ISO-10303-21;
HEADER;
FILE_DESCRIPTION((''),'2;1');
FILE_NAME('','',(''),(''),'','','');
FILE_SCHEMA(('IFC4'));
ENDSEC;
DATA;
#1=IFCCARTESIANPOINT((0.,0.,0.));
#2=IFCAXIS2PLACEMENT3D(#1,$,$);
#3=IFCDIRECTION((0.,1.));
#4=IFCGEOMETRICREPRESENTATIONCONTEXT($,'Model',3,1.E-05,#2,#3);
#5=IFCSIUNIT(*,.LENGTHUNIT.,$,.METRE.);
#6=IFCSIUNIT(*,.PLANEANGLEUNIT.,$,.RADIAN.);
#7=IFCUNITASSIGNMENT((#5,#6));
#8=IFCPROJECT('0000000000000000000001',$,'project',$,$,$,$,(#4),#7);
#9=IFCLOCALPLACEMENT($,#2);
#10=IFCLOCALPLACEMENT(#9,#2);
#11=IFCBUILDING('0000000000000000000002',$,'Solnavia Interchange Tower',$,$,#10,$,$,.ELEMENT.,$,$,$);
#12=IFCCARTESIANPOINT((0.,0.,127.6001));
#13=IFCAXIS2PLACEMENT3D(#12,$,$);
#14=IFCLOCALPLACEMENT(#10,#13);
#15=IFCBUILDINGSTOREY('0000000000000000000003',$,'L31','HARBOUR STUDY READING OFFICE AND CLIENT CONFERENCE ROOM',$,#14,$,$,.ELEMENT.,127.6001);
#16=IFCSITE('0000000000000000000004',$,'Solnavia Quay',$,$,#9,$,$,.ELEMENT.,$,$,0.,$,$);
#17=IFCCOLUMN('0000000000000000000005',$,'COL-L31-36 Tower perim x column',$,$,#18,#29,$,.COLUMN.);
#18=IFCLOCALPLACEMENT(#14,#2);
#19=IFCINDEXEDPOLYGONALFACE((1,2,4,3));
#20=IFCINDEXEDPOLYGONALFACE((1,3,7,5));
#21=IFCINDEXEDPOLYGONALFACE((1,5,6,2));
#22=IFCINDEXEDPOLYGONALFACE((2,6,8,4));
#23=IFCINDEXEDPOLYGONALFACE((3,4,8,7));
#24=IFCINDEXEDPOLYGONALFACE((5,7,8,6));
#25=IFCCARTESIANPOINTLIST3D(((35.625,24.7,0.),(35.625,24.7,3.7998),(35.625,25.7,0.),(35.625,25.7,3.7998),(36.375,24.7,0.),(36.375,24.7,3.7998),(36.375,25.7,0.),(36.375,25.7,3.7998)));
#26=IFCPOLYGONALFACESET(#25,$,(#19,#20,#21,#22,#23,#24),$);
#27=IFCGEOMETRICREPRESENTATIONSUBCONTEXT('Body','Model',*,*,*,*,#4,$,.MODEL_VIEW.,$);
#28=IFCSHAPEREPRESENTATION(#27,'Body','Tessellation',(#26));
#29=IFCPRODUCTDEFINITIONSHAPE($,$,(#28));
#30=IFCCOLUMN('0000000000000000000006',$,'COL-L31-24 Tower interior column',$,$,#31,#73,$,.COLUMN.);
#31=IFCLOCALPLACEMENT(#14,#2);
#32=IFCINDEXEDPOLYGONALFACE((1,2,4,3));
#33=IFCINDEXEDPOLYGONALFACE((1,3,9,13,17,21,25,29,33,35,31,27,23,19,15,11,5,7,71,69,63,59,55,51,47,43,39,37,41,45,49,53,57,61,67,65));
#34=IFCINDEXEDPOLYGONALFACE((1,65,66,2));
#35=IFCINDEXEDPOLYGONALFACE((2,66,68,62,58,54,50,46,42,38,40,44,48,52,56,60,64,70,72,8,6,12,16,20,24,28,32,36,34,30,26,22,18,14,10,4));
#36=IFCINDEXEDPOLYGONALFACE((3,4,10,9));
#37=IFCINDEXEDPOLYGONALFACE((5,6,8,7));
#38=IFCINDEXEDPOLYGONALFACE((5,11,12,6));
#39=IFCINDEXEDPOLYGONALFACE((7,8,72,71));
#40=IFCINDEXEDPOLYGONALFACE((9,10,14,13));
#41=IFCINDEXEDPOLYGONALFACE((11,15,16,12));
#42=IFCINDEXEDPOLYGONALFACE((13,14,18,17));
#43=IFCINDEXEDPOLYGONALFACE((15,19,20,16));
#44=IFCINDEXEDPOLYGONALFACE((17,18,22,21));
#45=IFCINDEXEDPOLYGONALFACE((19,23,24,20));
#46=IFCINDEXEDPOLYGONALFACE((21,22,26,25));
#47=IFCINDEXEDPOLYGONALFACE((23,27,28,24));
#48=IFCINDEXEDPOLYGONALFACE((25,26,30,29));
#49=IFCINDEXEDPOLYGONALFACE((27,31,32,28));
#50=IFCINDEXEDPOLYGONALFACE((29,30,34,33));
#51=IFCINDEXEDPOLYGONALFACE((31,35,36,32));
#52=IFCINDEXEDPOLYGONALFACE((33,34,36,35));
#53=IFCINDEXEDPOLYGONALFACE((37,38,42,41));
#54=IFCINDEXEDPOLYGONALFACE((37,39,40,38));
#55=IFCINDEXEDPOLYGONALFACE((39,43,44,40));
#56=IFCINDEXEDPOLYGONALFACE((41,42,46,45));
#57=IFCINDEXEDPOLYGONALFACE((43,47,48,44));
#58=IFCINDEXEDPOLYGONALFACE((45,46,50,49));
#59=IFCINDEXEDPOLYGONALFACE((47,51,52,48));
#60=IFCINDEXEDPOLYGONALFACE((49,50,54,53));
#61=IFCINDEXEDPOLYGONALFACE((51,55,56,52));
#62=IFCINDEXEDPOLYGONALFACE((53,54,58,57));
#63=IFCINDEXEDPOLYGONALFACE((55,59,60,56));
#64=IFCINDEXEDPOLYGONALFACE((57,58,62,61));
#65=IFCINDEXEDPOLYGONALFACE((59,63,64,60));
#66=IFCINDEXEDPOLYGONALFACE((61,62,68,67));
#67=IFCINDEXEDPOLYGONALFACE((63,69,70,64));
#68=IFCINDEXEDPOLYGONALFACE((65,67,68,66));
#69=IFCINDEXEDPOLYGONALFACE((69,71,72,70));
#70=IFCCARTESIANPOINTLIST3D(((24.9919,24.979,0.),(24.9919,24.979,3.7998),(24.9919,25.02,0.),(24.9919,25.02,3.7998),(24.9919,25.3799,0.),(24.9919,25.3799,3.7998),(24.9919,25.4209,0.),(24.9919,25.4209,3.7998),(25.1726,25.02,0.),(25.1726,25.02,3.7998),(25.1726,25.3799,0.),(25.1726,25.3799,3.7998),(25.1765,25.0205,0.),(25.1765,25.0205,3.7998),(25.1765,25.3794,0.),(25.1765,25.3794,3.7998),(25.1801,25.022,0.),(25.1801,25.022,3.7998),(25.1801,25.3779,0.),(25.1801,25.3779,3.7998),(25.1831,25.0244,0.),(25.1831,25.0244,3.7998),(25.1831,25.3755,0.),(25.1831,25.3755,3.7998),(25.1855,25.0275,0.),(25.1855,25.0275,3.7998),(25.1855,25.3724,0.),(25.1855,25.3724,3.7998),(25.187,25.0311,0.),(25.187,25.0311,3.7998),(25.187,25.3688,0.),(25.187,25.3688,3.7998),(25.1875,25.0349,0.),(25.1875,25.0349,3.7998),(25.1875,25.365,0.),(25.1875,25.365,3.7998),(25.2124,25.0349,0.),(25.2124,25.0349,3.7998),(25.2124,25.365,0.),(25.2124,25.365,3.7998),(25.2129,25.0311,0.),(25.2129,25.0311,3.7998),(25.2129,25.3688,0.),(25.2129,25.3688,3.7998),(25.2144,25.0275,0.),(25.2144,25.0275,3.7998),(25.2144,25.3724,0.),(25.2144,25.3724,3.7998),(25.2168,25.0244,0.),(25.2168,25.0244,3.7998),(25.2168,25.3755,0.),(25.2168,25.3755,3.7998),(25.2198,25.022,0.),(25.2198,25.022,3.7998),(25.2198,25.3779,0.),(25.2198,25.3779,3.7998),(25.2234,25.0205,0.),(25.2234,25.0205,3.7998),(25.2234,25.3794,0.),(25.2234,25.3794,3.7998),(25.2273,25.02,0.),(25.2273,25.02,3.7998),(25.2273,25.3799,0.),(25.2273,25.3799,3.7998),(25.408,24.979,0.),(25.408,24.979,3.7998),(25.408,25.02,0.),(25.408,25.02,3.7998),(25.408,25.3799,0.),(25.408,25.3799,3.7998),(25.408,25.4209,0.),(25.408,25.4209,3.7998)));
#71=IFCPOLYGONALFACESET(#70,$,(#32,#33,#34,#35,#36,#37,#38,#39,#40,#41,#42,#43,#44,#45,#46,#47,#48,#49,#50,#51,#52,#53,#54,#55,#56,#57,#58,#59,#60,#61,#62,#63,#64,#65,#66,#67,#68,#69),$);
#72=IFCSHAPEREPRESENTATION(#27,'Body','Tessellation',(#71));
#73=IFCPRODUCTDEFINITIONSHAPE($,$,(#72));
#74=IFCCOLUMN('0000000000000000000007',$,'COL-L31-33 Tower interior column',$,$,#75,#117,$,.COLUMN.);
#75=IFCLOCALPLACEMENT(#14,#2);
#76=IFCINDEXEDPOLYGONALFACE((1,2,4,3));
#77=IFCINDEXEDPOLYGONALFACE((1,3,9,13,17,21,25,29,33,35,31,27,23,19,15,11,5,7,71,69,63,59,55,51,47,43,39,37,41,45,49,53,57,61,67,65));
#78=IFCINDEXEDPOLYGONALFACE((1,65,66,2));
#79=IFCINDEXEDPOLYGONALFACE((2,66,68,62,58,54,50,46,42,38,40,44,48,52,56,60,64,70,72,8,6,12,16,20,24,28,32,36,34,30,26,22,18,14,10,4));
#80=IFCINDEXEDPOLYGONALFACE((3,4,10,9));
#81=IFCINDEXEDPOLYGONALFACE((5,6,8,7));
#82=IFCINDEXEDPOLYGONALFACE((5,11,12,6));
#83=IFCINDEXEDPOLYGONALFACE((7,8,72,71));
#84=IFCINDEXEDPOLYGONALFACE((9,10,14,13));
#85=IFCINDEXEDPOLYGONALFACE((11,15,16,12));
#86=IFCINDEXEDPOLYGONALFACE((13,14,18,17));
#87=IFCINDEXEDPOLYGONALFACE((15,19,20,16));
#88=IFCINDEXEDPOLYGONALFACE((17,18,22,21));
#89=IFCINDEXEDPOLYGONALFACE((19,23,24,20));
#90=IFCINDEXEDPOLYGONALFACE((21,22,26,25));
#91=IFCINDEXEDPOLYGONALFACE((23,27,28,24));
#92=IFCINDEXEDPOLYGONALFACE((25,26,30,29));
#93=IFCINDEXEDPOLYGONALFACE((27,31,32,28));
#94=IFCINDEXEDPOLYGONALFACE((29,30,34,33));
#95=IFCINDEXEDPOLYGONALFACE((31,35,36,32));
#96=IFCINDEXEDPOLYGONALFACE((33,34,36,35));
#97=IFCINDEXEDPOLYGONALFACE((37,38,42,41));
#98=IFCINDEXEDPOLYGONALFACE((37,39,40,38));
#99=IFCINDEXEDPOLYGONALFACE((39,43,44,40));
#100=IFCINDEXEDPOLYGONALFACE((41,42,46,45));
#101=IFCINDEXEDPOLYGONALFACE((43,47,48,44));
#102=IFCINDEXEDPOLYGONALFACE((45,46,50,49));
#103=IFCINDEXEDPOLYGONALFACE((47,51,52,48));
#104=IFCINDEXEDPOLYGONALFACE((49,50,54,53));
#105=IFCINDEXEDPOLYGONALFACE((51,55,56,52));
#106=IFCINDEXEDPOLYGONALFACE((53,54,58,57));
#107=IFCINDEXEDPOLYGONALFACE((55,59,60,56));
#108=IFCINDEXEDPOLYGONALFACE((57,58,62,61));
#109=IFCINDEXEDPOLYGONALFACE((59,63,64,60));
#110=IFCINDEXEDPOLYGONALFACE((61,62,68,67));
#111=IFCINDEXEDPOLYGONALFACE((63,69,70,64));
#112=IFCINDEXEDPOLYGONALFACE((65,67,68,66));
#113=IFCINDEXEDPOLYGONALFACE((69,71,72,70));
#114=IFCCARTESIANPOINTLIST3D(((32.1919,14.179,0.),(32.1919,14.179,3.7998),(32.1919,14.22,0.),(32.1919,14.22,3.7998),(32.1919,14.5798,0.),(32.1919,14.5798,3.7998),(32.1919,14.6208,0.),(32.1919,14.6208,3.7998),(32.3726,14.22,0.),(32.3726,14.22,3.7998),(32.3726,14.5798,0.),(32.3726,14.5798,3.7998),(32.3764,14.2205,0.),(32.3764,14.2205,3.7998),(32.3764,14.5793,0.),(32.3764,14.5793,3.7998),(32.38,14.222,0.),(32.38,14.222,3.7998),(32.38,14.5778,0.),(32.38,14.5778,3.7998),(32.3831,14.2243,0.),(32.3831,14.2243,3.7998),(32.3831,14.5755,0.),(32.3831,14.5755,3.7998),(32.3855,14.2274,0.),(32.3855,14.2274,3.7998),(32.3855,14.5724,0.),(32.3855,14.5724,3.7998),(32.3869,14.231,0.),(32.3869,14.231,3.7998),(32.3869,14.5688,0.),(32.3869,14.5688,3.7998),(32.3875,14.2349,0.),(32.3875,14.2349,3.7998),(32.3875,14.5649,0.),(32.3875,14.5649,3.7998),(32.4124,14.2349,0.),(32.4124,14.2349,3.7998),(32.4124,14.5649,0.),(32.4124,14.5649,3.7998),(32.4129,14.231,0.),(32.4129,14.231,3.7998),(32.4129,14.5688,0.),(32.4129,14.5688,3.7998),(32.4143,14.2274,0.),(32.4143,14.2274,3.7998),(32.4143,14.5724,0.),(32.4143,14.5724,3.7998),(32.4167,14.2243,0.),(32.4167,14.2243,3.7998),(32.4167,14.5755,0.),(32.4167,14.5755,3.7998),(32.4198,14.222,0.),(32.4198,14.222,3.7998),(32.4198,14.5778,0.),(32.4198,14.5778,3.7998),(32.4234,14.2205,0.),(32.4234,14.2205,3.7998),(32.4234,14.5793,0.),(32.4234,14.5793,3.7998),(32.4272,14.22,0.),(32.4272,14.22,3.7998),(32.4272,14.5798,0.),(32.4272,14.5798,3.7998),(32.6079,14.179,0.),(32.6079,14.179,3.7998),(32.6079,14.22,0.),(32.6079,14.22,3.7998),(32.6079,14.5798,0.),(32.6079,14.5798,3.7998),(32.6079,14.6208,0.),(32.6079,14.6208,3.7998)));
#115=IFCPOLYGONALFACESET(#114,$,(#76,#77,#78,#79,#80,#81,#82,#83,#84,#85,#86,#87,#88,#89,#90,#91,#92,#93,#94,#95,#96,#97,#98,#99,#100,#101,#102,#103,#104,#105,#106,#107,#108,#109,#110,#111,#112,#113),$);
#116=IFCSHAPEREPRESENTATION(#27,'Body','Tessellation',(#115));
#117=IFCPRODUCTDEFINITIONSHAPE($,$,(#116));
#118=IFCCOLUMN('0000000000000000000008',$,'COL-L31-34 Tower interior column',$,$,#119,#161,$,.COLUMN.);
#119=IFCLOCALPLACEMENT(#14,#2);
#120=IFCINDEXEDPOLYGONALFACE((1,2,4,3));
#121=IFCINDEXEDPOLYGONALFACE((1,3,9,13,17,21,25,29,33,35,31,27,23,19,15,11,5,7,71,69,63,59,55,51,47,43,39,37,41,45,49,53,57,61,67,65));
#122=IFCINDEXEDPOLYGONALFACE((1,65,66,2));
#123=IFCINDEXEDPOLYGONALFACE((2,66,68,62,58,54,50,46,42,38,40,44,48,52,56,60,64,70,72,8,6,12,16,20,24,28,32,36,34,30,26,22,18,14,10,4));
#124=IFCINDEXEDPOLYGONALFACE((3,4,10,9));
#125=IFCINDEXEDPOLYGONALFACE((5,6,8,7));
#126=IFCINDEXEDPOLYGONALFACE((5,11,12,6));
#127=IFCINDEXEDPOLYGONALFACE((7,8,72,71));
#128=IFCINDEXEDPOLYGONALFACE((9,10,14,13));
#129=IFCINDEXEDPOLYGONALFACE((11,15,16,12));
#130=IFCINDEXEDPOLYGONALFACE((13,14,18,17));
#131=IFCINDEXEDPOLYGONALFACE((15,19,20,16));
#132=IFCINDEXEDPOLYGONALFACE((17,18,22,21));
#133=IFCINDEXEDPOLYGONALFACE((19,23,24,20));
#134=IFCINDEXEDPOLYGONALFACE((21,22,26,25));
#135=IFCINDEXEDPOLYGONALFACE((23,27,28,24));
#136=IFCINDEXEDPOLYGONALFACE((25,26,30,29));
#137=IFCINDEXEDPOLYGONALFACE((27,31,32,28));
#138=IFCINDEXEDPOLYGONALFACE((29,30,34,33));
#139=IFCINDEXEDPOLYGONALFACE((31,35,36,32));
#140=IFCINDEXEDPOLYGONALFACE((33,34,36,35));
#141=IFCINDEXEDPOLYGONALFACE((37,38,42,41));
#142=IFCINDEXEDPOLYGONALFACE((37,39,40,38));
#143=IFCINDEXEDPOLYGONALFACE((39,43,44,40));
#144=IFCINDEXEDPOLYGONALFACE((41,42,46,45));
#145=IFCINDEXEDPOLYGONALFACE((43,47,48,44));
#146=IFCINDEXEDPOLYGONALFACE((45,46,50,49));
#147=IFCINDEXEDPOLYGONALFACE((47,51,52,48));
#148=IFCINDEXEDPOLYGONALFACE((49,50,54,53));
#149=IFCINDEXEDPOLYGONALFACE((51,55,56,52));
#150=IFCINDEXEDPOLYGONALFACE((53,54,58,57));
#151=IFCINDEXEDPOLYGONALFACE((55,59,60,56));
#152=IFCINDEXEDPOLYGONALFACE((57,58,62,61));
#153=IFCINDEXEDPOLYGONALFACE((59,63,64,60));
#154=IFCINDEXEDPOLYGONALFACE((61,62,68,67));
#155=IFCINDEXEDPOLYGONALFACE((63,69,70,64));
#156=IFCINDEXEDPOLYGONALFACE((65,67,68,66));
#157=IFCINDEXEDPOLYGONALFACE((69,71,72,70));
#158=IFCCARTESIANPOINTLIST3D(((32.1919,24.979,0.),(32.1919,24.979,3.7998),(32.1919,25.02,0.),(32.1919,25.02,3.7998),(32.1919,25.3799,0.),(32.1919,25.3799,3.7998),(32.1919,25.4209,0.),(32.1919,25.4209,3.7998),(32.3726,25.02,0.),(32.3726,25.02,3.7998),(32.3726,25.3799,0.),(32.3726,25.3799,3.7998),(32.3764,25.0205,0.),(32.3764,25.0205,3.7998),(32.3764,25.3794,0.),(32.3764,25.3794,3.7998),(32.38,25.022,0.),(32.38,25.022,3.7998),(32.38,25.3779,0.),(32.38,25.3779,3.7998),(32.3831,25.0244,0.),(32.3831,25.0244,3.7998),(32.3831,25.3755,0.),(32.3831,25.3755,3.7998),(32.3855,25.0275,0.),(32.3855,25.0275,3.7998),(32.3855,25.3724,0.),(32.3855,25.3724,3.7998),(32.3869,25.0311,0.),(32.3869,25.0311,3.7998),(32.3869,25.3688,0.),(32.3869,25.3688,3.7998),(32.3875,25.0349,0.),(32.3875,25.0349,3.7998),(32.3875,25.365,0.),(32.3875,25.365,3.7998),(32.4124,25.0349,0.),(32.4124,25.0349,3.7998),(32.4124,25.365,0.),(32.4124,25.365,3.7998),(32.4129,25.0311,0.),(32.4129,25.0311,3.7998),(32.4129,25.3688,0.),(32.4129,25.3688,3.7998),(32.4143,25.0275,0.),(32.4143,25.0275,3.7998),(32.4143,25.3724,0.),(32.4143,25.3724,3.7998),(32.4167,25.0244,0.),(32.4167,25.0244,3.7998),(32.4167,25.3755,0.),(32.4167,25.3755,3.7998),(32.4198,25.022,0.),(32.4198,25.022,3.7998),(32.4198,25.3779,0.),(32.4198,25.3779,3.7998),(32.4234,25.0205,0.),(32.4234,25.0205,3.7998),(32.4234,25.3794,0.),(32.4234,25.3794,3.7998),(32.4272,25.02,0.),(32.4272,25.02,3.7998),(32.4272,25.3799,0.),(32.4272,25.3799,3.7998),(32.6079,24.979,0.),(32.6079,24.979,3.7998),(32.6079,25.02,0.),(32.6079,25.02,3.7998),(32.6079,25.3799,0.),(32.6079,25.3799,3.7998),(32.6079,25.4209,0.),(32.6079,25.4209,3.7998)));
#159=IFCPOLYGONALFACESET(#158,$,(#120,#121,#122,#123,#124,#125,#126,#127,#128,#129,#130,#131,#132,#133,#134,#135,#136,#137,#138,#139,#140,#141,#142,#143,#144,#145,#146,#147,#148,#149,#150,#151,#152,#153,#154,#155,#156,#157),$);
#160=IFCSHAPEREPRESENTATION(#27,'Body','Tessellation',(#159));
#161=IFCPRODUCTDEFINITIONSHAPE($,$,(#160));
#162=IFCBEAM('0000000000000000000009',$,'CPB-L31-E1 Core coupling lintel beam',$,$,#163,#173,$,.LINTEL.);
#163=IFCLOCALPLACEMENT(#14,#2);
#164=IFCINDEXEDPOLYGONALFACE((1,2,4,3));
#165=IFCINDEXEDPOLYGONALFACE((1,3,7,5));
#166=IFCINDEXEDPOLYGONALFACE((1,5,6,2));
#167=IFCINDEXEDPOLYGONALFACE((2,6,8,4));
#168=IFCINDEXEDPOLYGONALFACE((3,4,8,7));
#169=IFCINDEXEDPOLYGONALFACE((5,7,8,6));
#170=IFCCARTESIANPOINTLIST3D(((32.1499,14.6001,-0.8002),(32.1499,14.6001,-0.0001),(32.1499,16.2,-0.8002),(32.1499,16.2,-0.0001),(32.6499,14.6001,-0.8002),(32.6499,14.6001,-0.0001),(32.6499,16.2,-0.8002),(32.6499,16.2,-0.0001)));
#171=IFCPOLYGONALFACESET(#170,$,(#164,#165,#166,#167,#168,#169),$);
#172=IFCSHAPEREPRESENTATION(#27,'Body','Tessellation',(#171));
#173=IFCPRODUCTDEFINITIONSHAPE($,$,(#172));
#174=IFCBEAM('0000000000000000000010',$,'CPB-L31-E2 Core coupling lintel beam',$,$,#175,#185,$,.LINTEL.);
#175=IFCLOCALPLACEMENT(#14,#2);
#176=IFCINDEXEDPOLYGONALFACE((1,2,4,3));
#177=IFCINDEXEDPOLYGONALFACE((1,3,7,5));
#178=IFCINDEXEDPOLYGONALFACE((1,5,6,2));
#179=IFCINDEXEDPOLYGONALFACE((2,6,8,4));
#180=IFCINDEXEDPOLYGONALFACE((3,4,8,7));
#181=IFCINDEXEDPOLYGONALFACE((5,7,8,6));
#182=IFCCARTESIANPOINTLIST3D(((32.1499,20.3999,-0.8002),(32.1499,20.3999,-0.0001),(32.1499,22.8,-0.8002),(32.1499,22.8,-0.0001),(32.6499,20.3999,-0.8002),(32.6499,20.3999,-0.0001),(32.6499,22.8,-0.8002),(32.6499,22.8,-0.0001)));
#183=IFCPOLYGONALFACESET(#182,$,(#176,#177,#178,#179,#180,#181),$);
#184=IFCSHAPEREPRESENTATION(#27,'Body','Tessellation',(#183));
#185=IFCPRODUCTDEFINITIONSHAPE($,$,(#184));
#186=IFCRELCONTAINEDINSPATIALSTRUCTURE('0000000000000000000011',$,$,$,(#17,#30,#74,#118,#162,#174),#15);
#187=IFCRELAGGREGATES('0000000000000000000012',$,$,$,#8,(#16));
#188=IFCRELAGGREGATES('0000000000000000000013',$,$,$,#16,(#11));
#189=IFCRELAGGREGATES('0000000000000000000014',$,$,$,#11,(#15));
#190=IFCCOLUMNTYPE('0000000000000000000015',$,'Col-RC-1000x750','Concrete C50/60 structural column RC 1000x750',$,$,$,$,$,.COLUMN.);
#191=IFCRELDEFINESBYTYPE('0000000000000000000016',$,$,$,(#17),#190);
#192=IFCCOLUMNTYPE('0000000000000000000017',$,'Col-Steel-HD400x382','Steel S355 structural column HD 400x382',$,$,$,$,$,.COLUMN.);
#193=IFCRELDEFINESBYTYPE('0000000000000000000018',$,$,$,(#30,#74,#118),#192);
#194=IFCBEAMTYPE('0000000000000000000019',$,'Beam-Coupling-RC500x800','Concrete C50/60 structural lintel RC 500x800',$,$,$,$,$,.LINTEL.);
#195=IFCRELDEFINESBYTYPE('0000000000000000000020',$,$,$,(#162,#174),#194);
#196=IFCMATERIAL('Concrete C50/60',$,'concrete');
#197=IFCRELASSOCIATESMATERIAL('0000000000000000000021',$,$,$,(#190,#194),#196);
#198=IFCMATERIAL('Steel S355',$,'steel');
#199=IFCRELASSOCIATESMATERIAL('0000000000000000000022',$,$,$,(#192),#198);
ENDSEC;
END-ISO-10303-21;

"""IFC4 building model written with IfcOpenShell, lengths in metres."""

from ifc_helpers import new_model, si_unit, direction, frame, origin, origin_2d, place, context, subcontext, project, spatial, rectangle, i_section, extrude, material, material_profile, profile_set, type_object, element, save


model = new_model("IFC4")

# Units and contexts
model_context = context("Model", 3, precision=1e-05, world=origin(), true_north=direction((0.0, 1.0)))
body_context = subcontext(model_context, "Body", "Model", "MODEL_VIEW")
ifc_project = project(units=[si_unit("LENGTHUNIT", "METRE"), si_unit("PLANEANGLEUNIT", "RADIAN")], contexts=[model_context])

# Site, building, storey
site_placement = place(None, origin())
site = spatial("IfcSite", under=ifc_project, at=site_placement, Name="Solnavia Quay", CompositionType="ELEMENT", RefElevation=0.0)
building_placement = place(site_placement, origin())
building = spatial("IfcBuilding", under=site, at=building_placement, Name="Solnavia Interchange Tower", CompositionType="ELEMENT")
storey_placement = place(building_placement, frame((0.0, 0.0, 127.6001)))
storey = spatial("IfcBuildingStorey", under=building, at=storey_placement, Name="L31", Description="HARBOUR STUDY READING OFFICE AND CLIENT CONFERENCE ROOM", CompositionType="ELEMENT", Elevation=127.6001)

# Columns
ifc_material_1 = material(Name="Concrete C50/60", Category="concrete")
ifc_material_profile_1 = material_profile(ifc_material_1, rectangle(XDim=0.75, YDim=1.0, at=origin_2d()), Name="RC 1000x750")
ifc_profile_set_1 = profile_set([ifc_material_profile_1], Name="Concrete C50/60")
column_type_1 = type_object("IfcColumnType", Name="Col-RC-1000x750", Description="Concrete C50/60 structural column RC 1000x750", PredefinedType="COLUMN", material=ifc_profile_set_1)
column_placement = place(storey_placement, frame((36.0, 25.2, 0.0), z_axis=(0.0, 0.0, 1.0), x_axis=(1.0, 0.0, 0.0)))
element("IfcColumn", 1, at=column_placement, inside=storey, type_object=column_type_1, Name="COL-L31-36 Tower perim x column", PredefinedType="COLUMN", context=body_context, shape_type="SweptSolid", body=[
    extrude(rectangle(XDim=0.75, YDim=1.0, at=origin_2d()), origin(), (0.0, 0.0, 1.0), 3.7998),
])
ifc_material_2 = material(Name="Steel S355", Category="steel")
ifc_material_profile_2 = material_profile(ifc_material_2, i_section(OverallWidth=0.416, OverallDepth=0.4419, WebThickness=0.0249, FlangeThickness=0.041, FilletRadius=0.0149, at=origin_2d()), Name="HD 400x382")
ifc_profile_set_2 = profile_set([ifc_material_profile_2], Name="Steel S355")
column_type_2 = type_object("IfcColumnType", Name="Col-Steel-HD400x382", Description="Steel S355 structural column HD 400x382", PredefinedType="COLUMN", material=ifc_profile_set_2)
for number, where, z_axis, x_axis, name in (
    (2, (25.2, 25.2, 0.0), (0.0, 0.0, 1.0), (1.0, 0.0, 0.0), "COL-L31-24 Tower interior column"),
    (3, (32.3999, 14.3999, 0.0), (0.0, 0.0, 1.0), (1.0, 0.0, 0.0), "COL-L31-33 Tower interior column"),
    (4, (32.3999, 25.2, 0.0), (0.0, 0.0, 1.0), (1.0, 0.0, 0.0), "COL-L31-34 Tower interior column"),
):
    element("IfcColumn", number, at=place(storey_placement, frame(where, z_axis=z_axis, x_axis=x_axis)), inside=storey, type_object=column_type_2, Name=name, PredefinedType="COLUMN", context=body_context, shape_type="SweptSolid", body=[
        extrude(i_section(OverallWidth=0.416, OverallDepth=0.4419, WebThickness=0.0249, FlangeThickness=0.041, FilletRadius=0.0149, at=origin_2d()), origin(), (0.0, 0.0, 1.0), 3.7998),
    ])

# Beams
ifc_material_profile_3 = material_profile(ifc_material_1, rectangle(XDim=0.5, YDim=0.8, at=origin_2d()), Name="RC 500x800")
ifc_profile_set_3 = profile_set([ifc_material_profile_3], Name="Concrete C50/60")
beam_type_1 = type_object("IfcBeamType", Name="Beam-Coupling-RC500x800", Description="Concrete C50/60 structural lintel RC 500x800", PredefinedType="LINTEL", material=ifc_profile_set_3)
beam_1_placement = place(storey_placement, frame((32.3999, 14.6001, -0.4001), z_axis=(0.0, 1.0, 0.0), x_axis=(-1.0, 0.0, 0.0)))
element("IfcBeam", 5, at=beam_1_placement, inside=storey, type_object=beam_type_1, Name="CPB-L31-E1 Core coupling lintel beam", PredefinedType="LINTEL", context=body_context, shape_type="SweptSolid", body=[
    extrude(rectangle(XDim=0.5, YDim=0.8, at=origin_2d()), origin(), (0.0, 0.0, 1.0), 1.5999),
])
beam_2_placement = place(storey_placement, frame((32.3999, 20.3999, -0.4001), z_axis=(0.0, 1.0, 0.0), x_axis=(-1.0, 0.0, 0.0)))
element("IfcBeam", 6, at=beam_2_placement, inside=storey, type_object=beam_type_1, Name="CPB-L31-E2 Core coupling lintel beam", PredefinedType="LINTEL", context=body_context, shape_type="SweptSolid", body=[
    extrude(rectangle(XDim=0.5, YDim=0.8, at=origin_2d()), origin(), (0.0, 0.0, 1.0), 2.4001),
])

save(model, "model.ifc")
